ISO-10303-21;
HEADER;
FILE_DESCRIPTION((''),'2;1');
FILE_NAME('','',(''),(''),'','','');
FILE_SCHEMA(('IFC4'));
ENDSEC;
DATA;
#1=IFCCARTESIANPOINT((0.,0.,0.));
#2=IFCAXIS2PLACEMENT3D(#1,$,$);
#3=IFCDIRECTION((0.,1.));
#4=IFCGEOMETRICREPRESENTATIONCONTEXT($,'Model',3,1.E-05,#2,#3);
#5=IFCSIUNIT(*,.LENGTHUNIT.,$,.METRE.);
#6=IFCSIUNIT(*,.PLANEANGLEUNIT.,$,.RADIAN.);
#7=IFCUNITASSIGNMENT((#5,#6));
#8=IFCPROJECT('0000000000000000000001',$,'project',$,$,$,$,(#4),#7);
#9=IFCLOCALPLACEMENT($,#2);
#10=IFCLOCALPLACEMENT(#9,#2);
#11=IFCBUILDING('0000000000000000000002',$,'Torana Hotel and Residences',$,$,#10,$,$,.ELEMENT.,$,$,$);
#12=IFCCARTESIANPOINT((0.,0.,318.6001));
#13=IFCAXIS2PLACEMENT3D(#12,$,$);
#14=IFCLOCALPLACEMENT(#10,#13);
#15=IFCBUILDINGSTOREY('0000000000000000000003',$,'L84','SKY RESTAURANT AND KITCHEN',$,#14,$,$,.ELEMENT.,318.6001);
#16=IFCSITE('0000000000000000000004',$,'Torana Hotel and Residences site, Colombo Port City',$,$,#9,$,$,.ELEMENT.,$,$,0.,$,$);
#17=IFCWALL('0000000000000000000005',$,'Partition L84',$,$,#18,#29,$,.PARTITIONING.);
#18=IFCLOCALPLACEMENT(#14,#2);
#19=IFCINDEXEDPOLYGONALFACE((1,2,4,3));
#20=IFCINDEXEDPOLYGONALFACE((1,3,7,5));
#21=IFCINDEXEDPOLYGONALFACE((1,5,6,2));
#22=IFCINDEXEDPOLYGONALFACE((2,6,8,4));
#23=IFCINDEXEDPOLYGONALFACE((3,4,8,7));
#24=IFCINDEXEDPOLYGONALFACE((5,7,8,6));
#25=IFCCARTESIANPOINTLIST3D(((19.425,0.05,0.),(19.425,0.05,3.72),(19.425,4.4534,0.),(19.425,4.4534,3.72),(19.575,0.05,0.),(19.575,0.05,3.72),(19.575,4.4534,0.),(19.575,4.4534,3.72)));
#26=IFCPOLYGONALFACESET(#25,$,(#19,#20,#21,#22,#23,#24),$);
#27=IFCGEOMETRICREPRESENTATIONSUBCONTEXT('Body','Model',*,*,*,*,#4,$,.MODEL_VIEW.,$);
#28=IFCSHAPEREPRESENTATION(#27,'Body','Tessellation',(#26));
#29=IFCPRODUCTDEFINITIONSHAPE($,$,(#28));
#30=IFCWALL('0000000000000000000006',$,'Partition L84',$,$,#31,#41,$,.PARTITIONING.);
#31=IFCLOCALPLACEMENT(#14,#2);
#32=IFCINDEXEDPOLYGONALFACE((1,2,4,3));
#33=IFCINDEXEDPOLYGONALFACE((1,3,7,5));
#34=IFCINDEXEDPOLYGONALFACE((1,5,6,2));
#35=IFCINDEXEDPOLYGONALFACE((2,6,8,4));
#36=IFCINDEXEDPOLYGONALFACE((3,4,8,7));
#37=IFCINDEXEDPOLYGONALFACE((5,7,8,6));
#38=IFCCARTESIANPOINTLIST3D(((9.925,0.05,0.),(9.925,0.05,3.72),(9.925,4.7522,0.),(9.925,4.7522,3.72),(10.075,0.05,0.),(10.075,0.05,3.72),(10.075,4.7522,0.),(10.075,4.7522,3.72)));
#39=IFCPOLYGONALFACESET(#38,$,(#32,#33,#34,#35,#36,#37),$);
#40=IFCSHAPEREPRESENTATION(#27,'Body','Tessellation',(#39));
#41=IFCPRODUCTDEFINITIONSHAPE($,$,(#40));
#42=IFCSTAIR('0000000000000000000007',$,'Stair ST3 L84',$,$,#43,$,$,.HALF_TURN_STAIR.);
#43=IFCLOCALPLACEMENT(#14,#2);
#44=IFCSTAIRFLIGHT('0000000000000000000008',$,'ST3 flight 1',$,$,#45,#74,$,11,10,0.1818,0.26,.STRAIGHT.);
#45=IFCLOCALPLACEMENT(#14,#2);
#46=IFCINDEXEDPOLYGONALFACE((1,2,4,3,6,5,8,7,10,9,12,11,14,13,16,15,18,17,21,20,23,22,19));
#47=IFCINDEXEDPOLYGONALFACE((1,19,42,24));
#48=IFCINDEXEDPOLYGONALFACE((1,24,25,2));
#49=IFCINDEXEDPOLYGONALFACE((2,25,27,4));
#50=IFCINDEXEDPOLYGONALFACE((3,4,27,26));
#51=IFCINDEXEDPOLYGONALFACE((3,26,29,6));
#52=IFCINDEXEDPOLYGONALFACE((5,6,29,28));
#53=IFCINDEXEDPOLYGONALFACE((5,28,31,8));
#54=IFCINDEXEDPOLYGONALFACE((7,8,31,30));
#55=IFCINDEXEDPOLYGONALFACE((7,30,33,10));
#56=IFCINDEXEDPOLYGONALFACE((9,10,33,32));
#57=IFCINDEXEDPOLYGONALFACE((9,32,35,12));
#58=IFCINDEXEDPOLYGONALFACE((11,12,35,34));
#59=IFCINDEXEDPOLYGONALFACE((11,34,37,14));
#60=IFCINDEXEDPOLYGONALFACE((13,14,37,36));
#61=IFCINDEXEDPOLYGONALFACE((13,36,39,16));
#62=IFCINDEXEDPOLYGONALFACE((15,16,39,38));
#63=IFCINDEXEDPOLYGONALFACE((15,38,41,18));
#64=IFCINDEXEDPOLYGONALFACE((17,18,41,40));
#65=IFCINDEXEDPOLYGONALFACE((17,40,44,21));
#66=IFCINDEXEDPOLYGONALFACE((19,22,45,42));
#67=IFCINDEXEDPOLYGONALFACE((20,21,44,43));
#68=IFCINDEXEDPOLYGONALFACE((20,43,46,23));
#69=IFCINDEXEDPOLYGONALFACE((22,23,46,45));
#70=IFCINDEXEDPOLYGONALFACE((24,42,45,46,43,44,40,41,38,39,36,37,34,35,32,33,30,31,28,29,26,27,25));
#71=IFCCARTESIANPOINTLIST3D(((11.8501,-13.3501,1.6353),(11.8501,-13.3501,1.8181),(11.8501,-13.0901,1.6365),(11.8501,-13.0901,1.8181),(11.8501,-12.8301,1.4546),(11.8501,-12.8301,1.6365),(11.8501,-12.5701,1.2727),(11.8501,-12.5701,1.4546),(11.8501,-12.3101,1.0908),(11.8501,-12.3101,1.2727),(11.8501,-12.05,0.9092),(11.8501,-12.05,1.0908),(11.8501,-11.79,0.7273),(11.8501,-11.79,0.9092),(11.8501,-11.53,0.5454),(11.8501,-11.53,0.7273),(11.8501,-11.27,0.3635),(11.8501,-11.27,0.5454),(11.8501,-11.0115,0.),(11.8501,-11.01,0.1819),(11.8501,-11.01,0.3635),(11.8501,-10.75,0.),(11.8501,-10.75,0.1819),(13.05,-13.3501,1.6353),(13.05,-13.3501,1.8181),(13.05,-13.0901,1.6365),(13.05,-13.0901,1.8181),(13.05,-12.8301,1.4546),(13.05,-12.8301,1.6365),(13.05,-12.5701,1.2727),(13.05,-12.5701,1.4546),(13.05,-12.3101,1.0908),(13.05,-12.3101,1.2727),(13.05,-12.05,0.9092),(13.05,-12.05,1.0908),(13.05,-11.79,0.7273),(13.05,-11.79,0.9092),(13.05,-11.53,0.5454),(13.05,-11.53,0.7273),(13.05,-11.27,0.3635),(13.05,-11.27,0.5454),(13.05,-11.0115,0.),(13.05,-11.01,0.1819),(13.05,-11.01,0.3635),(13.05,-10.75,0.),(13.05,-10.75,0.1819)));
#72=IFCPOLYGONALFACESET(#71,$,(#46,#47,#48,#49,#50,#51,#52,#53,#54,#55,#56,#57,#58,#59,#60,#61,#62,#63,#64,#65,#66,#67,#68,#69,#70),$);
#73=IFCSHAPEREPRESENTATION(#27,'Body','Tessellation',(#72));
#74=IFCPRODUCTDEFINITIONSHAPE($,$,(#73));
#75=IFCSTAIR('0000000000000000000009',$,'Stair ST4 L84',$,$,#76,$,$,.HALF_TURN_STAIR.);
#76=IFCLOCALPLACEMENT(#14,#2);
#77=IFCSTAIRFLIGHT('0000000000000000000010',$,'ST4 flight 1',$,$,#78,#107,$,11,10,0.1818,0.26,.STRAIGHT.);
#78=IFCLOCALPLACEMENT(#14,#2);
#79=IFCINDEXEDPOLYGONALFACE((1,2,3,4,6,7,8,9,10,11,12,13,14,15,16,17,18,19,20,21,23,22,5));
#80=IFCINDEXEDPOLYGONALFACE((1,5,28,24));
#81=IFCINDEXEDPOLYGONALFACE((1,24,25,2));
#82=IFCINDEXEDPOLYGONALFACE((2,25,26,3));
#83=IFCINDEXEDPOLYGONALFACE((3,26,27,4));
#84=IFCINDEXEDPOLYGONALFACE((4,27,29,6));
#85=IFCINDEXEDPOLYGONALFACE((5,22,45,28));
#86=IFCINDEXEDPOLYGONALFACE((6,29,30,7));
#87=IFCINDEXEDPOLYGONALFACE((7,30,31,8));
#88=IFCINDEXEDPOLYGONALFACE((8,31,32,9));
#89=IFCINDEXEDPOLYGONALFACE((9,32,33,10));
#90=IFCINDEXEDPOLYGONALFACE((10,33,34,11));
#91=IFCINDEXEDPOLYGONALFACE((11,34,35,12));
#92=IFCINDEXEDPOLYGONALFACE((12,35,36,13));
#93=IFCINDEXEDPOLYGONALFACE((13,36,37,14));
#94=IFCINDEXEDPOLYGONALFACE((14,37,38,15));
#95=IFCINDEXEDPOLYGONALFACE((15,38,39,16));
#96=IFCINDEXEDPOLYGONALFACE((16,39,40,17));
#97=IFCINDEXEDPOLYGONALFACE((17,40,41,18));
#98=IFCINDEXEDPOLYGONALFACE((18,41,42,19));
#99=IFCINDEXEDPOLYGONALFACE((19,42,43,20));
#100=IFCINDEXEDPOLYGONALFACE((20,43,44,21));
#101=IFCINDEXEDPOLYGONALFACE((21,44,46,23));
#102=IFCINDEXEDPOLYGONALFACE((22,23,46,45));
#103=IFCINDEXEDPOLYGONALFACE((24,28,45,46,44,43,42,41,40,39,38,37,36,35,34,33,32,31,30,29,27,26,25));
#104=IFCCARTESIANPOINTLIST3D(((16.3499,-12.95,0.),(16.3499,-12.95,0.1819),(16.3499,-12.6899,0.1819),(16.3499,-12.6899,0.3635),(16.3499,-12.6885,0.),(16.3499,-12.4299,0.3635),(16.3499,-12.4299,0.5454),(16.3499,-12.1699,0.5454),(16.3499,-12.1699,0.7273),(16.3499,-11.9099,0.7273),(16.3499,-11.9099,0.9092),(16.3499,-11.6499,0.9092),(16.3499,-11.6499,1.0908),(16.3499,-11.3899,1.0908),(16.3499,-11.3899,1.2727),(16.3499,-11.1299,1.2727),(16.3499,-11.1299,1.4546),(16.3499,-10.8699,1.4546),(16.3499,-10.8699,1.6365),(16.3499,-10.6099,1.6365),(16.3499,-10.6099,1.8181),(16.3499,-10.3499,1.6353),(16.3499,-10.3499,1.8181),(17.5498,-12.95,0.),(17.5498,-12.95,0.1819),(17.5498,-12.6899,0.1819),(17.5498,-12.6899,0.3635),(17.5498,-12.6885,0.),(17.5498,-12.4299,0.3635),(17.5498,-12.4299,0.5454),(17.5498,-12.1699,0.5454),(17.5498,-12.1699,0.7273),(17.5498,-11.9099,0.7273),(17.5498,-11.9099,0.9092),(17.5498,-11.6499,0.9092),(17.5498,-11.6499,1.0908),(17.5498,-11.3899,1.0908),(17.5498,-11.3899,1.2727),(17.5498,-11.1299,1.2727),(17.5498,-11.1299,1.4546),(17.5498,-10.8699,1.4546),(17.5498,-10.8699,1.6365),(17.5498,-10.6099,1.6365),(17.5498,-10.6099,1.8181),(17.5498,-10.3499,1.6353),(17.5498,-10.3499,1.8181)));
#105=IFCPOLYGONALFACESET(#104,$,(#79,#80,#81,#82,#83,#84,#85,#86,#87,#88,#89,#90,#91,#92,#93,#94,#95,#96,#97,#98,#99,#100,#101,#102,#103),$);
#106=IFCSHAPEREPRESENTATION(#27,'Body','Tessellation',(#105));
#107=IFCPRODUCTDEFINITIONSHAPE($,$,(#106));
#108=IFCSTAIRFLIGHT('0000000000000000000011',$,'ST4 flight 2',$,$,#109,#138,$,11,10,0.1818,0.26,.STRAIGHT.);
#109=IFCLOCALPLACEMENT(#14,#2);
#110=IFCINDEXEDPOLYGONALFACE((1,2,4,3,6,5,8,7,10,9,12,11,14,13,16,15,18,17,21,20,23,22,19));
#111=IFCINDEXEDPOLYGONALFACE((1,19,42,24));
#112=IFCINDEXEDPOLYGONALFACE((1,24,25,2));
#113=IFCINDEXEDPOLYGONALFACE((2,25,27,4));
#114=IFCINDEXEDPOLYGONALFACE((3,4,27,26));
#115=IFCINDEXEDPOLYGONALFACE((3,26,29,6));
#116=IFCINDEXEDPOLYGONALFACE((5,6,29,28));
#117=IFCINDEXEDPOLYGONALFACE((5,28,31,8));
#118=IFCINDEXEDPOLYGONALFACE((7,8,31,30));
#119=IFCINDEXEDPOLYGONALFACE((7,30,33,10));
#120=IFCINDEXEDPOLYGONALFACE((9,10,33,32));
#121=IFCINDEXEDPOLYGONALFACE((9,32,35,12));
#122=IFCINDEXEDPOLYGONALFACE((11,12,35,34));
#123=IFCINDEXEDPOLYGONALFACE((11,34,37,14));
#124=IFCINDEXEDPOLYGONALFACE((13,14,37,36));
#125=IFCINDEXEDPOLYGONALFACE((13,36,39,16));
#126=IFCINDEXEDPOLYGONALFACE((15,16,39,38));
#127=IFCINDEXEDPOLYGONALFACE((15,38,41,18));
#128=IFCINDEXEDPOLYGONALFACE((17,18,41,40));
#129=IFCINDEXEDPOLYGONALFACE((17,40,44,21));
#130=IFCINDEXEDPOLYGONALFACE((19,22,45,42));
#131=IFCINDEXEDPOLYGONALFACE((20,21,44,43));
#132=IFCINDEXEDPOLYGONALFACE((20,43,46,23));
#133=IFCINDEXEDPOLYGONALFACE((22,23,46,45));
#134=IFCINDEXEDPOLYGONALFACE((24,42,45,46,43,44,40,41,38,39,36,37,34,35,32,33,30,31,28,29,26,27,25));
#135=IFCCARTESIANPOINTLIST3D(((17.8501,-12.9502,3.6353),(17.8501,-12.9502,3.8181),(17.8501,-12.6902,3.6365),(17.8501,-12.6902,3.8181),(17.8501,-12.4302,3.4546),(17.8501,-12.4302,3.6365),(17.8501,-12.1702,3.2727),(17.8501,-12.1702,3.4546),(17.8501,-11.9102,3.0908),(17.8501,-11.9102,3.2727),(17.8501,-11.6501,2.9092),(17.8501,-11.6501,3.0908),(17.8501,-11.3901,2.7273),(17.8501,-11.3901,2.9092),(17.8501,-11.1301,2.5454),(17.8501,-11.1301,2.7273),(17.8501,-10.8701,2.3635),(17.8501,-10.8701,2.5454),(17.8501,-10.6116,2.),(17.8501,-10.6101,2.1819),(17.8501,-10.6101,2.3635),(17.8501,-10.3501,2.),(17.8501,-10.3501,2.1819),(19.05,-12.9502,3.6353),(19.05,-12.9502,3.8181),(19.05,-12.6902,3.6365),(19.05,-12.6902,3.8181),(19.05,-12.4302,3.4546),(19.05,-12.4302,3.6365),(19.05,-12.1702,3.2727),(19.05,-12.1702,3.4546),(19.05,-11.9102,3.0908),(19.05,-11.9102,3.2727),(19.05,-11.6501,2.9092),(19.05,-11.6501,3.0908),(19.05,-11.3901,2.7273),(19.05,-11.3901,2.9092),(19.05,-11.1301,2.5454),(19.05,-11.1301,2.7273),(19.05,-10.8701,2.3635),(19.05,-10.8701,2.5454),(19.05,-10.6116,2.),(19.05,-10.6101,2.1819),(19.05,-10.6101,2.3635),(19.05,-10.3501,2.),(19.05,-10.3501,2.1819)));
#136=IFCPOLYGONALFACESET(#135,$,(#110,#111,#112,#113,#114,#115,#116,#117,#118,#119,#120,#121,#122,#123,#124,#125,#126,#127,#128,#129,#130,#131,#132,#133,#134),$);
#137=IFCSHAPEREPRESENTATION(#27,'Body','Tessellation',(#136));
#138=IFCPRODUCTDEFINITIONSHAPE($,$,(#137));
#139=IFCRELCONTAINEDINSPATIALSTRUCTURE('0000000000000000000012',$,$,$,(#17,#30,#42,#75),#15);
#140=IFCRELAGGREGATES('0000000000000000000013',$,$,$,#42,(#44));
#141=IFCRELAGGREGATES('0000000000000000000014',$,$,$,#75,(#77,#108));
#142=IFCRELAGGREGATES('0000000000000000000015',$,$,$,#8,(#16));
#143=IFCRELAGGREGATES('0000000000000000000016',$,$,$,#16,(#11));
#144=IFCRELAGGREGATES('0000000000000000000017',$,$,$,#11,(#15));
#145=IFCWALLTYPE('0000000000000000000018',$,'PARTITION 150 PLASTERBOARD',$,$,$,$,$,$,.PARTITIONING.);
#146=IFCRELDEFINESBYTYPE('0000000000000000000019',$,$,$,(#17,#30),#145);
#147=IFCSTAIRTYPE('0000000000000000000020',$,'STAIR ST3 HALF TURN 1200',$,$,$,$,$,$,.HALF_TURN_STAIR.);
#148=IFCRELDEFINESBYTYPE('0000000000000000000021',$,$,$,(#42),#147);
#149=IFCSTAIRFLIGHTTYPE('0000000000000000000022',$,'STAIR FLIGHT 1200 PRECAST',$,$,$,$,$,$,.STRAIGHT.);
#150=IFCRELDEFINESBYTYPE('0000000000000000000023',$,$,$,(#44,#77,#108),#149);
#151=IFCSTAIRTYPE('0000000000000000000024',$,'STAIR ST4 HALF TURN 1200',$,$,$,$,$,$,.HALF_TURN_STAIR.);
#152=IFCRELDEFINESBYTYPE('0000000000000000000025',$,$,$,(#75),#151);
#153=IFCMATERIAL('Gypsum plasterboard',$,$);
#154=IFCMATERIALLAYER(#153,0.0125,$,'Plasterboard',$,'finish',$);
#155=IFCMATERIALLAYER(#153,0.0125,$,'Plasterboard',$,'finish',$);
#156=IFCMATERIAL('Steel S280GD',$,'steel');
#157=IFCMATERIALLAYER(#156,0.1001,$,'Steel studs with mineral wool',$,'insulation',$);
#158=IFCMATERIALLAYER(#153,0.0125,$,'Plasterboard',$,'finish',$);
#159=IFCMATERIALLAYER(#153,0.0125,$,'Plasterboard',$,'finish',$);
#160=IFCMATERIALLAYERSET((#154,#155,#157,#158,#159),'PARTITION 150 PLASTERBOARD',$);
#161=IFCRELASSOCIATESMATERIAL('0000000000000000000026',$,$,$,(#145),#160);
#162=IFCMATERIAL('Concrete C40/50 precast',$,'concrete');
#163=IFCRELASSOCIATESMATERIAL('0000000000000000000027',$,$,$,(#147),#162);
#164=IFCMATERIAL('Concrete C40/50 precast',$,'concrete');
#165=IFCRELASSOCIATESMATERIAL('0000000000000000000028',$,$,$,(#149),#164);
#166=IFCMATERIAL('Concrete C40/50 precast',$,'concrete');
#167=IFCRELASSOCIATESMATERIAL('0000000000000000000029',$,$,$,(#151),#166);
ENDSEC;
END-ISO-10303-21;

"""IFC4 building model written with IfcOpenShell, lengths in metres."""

from ifc_helpers import new_model, si_unit, direction, frame, frame_2d, origin, place, context, subcontext, project, spatial, polyline, rectangle, outline, extrude, material, layer, layer_set, type_object, element, aggregate, save


model = new_model("IFC4")

# Units and contexts
model_context = context("Model", 3, precision=1e-05, world=origin(), true_north=direction((0.0, 1.0)))
body_context = subcontext(model_context, "Body", "Model", "MODEL_VIEW")
ifc_project = project(units=[si_unit("LENGTHUNIT", "METRE"), si_unit("PLANEANGLEUNIT", "RADIAN")], contexts=[model_context])

# Site, building, storey
site_placement = place(None, origin())
site = spatial("IfcSite", under=ifc_project, at=site_placement, Name="Torana Hotel and Residences site, Colombo Port City", CompositionType="ELEMENT", RefElevation=0.0)
building_placement = place(site_placement, origin())
building = spatial("IfcBuilding", under=site, at=building_placement, Name="Torana Hotel and Residences", CompositionType="ELEMENT")
storey_placement = place(building_placement, frame((0.0, 0.0, 318.6001)))
storey = spatial("IfcBuildingStorey", under=building, at=storey_placement, Name="L84", Description="SKY RESTAURANT AND KITCHEN", CompositionType="ELEMENT", Elevation=318.6001)

# Walls
ifc_material_1 = material(Name="Steel S280GD", Category="steel")
ifc_material_2 = material(Name="Gypsum plasterboard")
ifc_layer_1 = layer(ifc_material_2, 0.0125, Name="Plasterboard", Category="finish")
ifc_layer_2 = layer(ifc_material_2, 0.0125, Name="Plasterboard", Category="finish")
ifc_layer_3 = layer(ifc_material_1, 0.1001, Name="Steel studs with mineral wool", Category="insulation")
ifc_layer_4 = layer(ifc_material_2, 0.0125, Name="Plasterboard", Category="finish")
ifc_layer_5 = layer(ifc_material_2, 0.0125, Name="Plasterboard", Category="finish")
ifc_layer_set_1 = layer_set([ifc_layer_1, ifc_layer_2, ifc_layer_3, ifc_layer_4, ifc_layer_5], Name="PARTITION 150 PLASTERBOARD")
wall_type_1 = type_object("IfcWallType", Name="PARTITION 150 PLASTERBOARD", PredefinedType="PARTITIONING", material=ifc_layer_set_1)
wall_1_placement = place(storey_placement, frame((19.5, 0.05, 0.0), z_axis=(0.0, 0.0, 1.0), x_axis=(0.0, 1.0, 0.0)))
element("IfcWall", 1, at=wall_1_placement, inside=storey, type_object=wall_type_1, Name="Partition L84", PredefinedType="PARTITIONING", context=body_context, shape_type="SweptSolid", body=[
    extrude(rectangle(XDim=4.4033, YDim=0.1499, at=frame_2d((2.2017, 0.0))), origin(), (0.0, 0.0, 1.0), 3.72),
])
wall_2_placement = place(storey_placement, frame((10.0, 0.05, 0.0), z_axis=(0.0, 0.0, 1.0), x_axis=(0.0, 1.0, 0.0)))
element("IfcWall", 2, at=wall_2_placement, inside=storey, type_object=wall_type_1, Name="Partition L84", PredefinedType="PARTITIONING", context=body_context, shape_type="SweptSolid", body=[
    extrude(rectangle(XDim=4.7021, YDim=0.1499, at=frame_2d((2.3511, 0.0))), origin(), (0.0, 0.0, 1.0), 3.72),
])

# Stair, stair flight
ifc_material_3 = material(Name="Concrete C40/50 precast", Category="concrete")
stair_type_1 = type_object("IfcStairType", Name="STAIR ST3 HALF TURN 1200", PredefinedType="HALF_TURN_STAIR", material=ifc_material_3)
stair_1_placement = place(storey_placement, origin())
stair_1 = element("IfcStair", 3, at=stair_1_placement, inside=storey, type_object=stair_type_1, Name="Stair ST3 L84", PredefinedType="HALF_TURN_STAIR")
ifc_material_4 = material(Name="Concrete C40/50 precast", Category="concrete")
stair_flight_type = type_object("IfcStairFlightType", Name="STAIR FLIGHT 1200 PRECAST", PredefinedType="STRAIGHT", material=ifc_material_4)
stair_flight_1_placement = place(storey_placement, frame((12.45, -10.75, 0.0), z_axis=(0.0, 0.0, 1.0), x_axis=(0.0, -1.0, 0.0)))
stair_flight_1 = element("IfcStairFlight", 4, at=stair_flight_1_placement, type_object=stair_flight_type, Name="ST3 flight 1", NumberOfRisers=11, NumberOfTreads=10, PredefinedType="STRAIGHT", RiserHeight=0.1818, TreadLength=0.26, context=body_context, shape_type="SweptSolid", body=[
    extrude(outline(polyline([(0.0, 0.0), (0.0, 0.1819), (0.26, 0.1819), (0.26, 0.3635), (0.52, 0.3635), (0.52, 0.5454), (0.78, 0.5454), (0.78, 0.7273), (1.04, 0.7273), (1.04, 0.9092), (1.3, 0.9092), (1.3, 1.0908), (1.5601, 1.0908), (1.5601, 1.2727), (1.8201, 1.2727), (1.8201, 1.4546), (2.0801, 1.4546), (2.0801, 1.6365), (2.3401, 1.6365), (2.3401, 1.8181), (2.6001, 1.8181), (2.6001, 2.0), (2.6001, 1.6353), (0.2615, 0.0), (0.0, 0.0)])), frame((0.0, 0.6001, 0.0), z_axis=(0.0, -1.0, 0.0), x_axis=(1.0, 0.0, 0.0)), (0.0, 0.0, 1.0), 1.2),
])
aggregate(stair_1, [stair_flight_1])

# Stair, stair flights
ifc_material_5 = material(Name="Concrete C40/50 precast", Category="concrete")
stair_type_2 = type_object("IfcStairType", Name="STAIR ST4 HALF TURN 1200", PredefinedType="HALF_TURN_STAIR", material=ifc_material_5)
stair_2_placement = place(storey_placement, origin())
stair_2 = element("IfcStair", 5, at=stair_2_placement, inside=storey, type_object=stair_type_2, Name="Stair ST4 L84", PredefinedType="HALF_TURN_STAIR")
stair_flight_2_placement = place(storey_placement, frame((16.95, -12.95, 0.0), z_axis=(0.0, 0.0, 1.0), x_axis=(0.0, 1.0, 0.0)))
stair_flight_2 = element("IfcStairFlight", 6, at=stair_flight_2_placement, type_object=stair_flight_type, Name="ST4 flight 1", NumberOfRisers=11, NumberOfTreads=10, PredefinedType="STRAIGHT", RiserHeight=0.1818, TreadLength=0.26, context=body_context, shape_type="SweptSolid", body=[
    extrude(outline(polyline([(0.0, 0.0), (0.0, 0.1819), (0.26, 0.1819), (0.26, 0.3635), (0.52, 0.3635), (0.52, 0.5454), (0.78, 0.5454), (0.78, 0.7273), (1.04, 0.7273), (1.04, 0.9092), (1.3, 0.9092), (1.3, 1.0908), (1.5601, 1.0908), (1.5601, 1.2727), (1.8201, 1.2727), (1.8201, 1.4546), (2.0801, 1.4546), (2.0801, 1.6365), (2.3401, 1.6365), (2.3401, 1.8181), (2.6001, 1.8181), (2.6001, 2.0), (2.6001, 1.6353), (0.2615, 0.0), (0.0, 0.0)])), frame((0.0, 0.6001, 0.0), z_axis=(0.0, -1.0, 0.0), x_axis=(1.0, 0.0, 0.0)), (0.0, 0.0, 1.0), 1.2),
])
stair_flight_3_placement = place(storey_placement, frame((18.45, -10.3501, 2.0), z_axis=(0.0, 0.0, 1.0), x_axis=(0.0, -1.0, 0.0)))
stair_flight_3 = element("IfcStairFlight", 7, at=stair_flight_3_placement, type_object=stair_flight_type, Name="ST4 flight 2", NumberOfRisers=11, NumberOfTreads=10, PredefinedType="STRAIGHT", RiserHeight=0.1818, TreadLength=0.26, context=body_context, shape_type="SweptSolid", body=[
    extrude(outline(polyline([(0.0, 0.0), (0.0, 0.1819), (0.26, 0.1819), (0.26, 0.3635), (0.52, 0.3635), (0.52, 0.5454), (0.78, 0.5454), (0.78, 0.7273), (1.04, 0.7273), (1.04, 0.9092), (1.3, 0.9092), (1.3, 1.0908), (1.5601, 1.0908), (1.5601, 1.2727), (1.8201, 1.2727), (1.8201, 1.4546), (2.0801, 1.4546), (2.0801, 1.6365), (2.3401, 1.6365), (2.3401, 1.8181), (2.6001, 1.8181), (2.6001, 2.0), (2.6001, 1.6353), (0.2615, 0.0), (0.0, 0.0)])), frame((0.0, 0.6001, 0.0), z_axis=(0.0, -1.0, 0.0), x_axis=(1.0, 0.0, 0.0)), (0.0, 0.0, 1.0), 1.2),
])
aggregate(stair_2, [stair_flight_2, stair_flight_3])

save(model, "model.ifc")
